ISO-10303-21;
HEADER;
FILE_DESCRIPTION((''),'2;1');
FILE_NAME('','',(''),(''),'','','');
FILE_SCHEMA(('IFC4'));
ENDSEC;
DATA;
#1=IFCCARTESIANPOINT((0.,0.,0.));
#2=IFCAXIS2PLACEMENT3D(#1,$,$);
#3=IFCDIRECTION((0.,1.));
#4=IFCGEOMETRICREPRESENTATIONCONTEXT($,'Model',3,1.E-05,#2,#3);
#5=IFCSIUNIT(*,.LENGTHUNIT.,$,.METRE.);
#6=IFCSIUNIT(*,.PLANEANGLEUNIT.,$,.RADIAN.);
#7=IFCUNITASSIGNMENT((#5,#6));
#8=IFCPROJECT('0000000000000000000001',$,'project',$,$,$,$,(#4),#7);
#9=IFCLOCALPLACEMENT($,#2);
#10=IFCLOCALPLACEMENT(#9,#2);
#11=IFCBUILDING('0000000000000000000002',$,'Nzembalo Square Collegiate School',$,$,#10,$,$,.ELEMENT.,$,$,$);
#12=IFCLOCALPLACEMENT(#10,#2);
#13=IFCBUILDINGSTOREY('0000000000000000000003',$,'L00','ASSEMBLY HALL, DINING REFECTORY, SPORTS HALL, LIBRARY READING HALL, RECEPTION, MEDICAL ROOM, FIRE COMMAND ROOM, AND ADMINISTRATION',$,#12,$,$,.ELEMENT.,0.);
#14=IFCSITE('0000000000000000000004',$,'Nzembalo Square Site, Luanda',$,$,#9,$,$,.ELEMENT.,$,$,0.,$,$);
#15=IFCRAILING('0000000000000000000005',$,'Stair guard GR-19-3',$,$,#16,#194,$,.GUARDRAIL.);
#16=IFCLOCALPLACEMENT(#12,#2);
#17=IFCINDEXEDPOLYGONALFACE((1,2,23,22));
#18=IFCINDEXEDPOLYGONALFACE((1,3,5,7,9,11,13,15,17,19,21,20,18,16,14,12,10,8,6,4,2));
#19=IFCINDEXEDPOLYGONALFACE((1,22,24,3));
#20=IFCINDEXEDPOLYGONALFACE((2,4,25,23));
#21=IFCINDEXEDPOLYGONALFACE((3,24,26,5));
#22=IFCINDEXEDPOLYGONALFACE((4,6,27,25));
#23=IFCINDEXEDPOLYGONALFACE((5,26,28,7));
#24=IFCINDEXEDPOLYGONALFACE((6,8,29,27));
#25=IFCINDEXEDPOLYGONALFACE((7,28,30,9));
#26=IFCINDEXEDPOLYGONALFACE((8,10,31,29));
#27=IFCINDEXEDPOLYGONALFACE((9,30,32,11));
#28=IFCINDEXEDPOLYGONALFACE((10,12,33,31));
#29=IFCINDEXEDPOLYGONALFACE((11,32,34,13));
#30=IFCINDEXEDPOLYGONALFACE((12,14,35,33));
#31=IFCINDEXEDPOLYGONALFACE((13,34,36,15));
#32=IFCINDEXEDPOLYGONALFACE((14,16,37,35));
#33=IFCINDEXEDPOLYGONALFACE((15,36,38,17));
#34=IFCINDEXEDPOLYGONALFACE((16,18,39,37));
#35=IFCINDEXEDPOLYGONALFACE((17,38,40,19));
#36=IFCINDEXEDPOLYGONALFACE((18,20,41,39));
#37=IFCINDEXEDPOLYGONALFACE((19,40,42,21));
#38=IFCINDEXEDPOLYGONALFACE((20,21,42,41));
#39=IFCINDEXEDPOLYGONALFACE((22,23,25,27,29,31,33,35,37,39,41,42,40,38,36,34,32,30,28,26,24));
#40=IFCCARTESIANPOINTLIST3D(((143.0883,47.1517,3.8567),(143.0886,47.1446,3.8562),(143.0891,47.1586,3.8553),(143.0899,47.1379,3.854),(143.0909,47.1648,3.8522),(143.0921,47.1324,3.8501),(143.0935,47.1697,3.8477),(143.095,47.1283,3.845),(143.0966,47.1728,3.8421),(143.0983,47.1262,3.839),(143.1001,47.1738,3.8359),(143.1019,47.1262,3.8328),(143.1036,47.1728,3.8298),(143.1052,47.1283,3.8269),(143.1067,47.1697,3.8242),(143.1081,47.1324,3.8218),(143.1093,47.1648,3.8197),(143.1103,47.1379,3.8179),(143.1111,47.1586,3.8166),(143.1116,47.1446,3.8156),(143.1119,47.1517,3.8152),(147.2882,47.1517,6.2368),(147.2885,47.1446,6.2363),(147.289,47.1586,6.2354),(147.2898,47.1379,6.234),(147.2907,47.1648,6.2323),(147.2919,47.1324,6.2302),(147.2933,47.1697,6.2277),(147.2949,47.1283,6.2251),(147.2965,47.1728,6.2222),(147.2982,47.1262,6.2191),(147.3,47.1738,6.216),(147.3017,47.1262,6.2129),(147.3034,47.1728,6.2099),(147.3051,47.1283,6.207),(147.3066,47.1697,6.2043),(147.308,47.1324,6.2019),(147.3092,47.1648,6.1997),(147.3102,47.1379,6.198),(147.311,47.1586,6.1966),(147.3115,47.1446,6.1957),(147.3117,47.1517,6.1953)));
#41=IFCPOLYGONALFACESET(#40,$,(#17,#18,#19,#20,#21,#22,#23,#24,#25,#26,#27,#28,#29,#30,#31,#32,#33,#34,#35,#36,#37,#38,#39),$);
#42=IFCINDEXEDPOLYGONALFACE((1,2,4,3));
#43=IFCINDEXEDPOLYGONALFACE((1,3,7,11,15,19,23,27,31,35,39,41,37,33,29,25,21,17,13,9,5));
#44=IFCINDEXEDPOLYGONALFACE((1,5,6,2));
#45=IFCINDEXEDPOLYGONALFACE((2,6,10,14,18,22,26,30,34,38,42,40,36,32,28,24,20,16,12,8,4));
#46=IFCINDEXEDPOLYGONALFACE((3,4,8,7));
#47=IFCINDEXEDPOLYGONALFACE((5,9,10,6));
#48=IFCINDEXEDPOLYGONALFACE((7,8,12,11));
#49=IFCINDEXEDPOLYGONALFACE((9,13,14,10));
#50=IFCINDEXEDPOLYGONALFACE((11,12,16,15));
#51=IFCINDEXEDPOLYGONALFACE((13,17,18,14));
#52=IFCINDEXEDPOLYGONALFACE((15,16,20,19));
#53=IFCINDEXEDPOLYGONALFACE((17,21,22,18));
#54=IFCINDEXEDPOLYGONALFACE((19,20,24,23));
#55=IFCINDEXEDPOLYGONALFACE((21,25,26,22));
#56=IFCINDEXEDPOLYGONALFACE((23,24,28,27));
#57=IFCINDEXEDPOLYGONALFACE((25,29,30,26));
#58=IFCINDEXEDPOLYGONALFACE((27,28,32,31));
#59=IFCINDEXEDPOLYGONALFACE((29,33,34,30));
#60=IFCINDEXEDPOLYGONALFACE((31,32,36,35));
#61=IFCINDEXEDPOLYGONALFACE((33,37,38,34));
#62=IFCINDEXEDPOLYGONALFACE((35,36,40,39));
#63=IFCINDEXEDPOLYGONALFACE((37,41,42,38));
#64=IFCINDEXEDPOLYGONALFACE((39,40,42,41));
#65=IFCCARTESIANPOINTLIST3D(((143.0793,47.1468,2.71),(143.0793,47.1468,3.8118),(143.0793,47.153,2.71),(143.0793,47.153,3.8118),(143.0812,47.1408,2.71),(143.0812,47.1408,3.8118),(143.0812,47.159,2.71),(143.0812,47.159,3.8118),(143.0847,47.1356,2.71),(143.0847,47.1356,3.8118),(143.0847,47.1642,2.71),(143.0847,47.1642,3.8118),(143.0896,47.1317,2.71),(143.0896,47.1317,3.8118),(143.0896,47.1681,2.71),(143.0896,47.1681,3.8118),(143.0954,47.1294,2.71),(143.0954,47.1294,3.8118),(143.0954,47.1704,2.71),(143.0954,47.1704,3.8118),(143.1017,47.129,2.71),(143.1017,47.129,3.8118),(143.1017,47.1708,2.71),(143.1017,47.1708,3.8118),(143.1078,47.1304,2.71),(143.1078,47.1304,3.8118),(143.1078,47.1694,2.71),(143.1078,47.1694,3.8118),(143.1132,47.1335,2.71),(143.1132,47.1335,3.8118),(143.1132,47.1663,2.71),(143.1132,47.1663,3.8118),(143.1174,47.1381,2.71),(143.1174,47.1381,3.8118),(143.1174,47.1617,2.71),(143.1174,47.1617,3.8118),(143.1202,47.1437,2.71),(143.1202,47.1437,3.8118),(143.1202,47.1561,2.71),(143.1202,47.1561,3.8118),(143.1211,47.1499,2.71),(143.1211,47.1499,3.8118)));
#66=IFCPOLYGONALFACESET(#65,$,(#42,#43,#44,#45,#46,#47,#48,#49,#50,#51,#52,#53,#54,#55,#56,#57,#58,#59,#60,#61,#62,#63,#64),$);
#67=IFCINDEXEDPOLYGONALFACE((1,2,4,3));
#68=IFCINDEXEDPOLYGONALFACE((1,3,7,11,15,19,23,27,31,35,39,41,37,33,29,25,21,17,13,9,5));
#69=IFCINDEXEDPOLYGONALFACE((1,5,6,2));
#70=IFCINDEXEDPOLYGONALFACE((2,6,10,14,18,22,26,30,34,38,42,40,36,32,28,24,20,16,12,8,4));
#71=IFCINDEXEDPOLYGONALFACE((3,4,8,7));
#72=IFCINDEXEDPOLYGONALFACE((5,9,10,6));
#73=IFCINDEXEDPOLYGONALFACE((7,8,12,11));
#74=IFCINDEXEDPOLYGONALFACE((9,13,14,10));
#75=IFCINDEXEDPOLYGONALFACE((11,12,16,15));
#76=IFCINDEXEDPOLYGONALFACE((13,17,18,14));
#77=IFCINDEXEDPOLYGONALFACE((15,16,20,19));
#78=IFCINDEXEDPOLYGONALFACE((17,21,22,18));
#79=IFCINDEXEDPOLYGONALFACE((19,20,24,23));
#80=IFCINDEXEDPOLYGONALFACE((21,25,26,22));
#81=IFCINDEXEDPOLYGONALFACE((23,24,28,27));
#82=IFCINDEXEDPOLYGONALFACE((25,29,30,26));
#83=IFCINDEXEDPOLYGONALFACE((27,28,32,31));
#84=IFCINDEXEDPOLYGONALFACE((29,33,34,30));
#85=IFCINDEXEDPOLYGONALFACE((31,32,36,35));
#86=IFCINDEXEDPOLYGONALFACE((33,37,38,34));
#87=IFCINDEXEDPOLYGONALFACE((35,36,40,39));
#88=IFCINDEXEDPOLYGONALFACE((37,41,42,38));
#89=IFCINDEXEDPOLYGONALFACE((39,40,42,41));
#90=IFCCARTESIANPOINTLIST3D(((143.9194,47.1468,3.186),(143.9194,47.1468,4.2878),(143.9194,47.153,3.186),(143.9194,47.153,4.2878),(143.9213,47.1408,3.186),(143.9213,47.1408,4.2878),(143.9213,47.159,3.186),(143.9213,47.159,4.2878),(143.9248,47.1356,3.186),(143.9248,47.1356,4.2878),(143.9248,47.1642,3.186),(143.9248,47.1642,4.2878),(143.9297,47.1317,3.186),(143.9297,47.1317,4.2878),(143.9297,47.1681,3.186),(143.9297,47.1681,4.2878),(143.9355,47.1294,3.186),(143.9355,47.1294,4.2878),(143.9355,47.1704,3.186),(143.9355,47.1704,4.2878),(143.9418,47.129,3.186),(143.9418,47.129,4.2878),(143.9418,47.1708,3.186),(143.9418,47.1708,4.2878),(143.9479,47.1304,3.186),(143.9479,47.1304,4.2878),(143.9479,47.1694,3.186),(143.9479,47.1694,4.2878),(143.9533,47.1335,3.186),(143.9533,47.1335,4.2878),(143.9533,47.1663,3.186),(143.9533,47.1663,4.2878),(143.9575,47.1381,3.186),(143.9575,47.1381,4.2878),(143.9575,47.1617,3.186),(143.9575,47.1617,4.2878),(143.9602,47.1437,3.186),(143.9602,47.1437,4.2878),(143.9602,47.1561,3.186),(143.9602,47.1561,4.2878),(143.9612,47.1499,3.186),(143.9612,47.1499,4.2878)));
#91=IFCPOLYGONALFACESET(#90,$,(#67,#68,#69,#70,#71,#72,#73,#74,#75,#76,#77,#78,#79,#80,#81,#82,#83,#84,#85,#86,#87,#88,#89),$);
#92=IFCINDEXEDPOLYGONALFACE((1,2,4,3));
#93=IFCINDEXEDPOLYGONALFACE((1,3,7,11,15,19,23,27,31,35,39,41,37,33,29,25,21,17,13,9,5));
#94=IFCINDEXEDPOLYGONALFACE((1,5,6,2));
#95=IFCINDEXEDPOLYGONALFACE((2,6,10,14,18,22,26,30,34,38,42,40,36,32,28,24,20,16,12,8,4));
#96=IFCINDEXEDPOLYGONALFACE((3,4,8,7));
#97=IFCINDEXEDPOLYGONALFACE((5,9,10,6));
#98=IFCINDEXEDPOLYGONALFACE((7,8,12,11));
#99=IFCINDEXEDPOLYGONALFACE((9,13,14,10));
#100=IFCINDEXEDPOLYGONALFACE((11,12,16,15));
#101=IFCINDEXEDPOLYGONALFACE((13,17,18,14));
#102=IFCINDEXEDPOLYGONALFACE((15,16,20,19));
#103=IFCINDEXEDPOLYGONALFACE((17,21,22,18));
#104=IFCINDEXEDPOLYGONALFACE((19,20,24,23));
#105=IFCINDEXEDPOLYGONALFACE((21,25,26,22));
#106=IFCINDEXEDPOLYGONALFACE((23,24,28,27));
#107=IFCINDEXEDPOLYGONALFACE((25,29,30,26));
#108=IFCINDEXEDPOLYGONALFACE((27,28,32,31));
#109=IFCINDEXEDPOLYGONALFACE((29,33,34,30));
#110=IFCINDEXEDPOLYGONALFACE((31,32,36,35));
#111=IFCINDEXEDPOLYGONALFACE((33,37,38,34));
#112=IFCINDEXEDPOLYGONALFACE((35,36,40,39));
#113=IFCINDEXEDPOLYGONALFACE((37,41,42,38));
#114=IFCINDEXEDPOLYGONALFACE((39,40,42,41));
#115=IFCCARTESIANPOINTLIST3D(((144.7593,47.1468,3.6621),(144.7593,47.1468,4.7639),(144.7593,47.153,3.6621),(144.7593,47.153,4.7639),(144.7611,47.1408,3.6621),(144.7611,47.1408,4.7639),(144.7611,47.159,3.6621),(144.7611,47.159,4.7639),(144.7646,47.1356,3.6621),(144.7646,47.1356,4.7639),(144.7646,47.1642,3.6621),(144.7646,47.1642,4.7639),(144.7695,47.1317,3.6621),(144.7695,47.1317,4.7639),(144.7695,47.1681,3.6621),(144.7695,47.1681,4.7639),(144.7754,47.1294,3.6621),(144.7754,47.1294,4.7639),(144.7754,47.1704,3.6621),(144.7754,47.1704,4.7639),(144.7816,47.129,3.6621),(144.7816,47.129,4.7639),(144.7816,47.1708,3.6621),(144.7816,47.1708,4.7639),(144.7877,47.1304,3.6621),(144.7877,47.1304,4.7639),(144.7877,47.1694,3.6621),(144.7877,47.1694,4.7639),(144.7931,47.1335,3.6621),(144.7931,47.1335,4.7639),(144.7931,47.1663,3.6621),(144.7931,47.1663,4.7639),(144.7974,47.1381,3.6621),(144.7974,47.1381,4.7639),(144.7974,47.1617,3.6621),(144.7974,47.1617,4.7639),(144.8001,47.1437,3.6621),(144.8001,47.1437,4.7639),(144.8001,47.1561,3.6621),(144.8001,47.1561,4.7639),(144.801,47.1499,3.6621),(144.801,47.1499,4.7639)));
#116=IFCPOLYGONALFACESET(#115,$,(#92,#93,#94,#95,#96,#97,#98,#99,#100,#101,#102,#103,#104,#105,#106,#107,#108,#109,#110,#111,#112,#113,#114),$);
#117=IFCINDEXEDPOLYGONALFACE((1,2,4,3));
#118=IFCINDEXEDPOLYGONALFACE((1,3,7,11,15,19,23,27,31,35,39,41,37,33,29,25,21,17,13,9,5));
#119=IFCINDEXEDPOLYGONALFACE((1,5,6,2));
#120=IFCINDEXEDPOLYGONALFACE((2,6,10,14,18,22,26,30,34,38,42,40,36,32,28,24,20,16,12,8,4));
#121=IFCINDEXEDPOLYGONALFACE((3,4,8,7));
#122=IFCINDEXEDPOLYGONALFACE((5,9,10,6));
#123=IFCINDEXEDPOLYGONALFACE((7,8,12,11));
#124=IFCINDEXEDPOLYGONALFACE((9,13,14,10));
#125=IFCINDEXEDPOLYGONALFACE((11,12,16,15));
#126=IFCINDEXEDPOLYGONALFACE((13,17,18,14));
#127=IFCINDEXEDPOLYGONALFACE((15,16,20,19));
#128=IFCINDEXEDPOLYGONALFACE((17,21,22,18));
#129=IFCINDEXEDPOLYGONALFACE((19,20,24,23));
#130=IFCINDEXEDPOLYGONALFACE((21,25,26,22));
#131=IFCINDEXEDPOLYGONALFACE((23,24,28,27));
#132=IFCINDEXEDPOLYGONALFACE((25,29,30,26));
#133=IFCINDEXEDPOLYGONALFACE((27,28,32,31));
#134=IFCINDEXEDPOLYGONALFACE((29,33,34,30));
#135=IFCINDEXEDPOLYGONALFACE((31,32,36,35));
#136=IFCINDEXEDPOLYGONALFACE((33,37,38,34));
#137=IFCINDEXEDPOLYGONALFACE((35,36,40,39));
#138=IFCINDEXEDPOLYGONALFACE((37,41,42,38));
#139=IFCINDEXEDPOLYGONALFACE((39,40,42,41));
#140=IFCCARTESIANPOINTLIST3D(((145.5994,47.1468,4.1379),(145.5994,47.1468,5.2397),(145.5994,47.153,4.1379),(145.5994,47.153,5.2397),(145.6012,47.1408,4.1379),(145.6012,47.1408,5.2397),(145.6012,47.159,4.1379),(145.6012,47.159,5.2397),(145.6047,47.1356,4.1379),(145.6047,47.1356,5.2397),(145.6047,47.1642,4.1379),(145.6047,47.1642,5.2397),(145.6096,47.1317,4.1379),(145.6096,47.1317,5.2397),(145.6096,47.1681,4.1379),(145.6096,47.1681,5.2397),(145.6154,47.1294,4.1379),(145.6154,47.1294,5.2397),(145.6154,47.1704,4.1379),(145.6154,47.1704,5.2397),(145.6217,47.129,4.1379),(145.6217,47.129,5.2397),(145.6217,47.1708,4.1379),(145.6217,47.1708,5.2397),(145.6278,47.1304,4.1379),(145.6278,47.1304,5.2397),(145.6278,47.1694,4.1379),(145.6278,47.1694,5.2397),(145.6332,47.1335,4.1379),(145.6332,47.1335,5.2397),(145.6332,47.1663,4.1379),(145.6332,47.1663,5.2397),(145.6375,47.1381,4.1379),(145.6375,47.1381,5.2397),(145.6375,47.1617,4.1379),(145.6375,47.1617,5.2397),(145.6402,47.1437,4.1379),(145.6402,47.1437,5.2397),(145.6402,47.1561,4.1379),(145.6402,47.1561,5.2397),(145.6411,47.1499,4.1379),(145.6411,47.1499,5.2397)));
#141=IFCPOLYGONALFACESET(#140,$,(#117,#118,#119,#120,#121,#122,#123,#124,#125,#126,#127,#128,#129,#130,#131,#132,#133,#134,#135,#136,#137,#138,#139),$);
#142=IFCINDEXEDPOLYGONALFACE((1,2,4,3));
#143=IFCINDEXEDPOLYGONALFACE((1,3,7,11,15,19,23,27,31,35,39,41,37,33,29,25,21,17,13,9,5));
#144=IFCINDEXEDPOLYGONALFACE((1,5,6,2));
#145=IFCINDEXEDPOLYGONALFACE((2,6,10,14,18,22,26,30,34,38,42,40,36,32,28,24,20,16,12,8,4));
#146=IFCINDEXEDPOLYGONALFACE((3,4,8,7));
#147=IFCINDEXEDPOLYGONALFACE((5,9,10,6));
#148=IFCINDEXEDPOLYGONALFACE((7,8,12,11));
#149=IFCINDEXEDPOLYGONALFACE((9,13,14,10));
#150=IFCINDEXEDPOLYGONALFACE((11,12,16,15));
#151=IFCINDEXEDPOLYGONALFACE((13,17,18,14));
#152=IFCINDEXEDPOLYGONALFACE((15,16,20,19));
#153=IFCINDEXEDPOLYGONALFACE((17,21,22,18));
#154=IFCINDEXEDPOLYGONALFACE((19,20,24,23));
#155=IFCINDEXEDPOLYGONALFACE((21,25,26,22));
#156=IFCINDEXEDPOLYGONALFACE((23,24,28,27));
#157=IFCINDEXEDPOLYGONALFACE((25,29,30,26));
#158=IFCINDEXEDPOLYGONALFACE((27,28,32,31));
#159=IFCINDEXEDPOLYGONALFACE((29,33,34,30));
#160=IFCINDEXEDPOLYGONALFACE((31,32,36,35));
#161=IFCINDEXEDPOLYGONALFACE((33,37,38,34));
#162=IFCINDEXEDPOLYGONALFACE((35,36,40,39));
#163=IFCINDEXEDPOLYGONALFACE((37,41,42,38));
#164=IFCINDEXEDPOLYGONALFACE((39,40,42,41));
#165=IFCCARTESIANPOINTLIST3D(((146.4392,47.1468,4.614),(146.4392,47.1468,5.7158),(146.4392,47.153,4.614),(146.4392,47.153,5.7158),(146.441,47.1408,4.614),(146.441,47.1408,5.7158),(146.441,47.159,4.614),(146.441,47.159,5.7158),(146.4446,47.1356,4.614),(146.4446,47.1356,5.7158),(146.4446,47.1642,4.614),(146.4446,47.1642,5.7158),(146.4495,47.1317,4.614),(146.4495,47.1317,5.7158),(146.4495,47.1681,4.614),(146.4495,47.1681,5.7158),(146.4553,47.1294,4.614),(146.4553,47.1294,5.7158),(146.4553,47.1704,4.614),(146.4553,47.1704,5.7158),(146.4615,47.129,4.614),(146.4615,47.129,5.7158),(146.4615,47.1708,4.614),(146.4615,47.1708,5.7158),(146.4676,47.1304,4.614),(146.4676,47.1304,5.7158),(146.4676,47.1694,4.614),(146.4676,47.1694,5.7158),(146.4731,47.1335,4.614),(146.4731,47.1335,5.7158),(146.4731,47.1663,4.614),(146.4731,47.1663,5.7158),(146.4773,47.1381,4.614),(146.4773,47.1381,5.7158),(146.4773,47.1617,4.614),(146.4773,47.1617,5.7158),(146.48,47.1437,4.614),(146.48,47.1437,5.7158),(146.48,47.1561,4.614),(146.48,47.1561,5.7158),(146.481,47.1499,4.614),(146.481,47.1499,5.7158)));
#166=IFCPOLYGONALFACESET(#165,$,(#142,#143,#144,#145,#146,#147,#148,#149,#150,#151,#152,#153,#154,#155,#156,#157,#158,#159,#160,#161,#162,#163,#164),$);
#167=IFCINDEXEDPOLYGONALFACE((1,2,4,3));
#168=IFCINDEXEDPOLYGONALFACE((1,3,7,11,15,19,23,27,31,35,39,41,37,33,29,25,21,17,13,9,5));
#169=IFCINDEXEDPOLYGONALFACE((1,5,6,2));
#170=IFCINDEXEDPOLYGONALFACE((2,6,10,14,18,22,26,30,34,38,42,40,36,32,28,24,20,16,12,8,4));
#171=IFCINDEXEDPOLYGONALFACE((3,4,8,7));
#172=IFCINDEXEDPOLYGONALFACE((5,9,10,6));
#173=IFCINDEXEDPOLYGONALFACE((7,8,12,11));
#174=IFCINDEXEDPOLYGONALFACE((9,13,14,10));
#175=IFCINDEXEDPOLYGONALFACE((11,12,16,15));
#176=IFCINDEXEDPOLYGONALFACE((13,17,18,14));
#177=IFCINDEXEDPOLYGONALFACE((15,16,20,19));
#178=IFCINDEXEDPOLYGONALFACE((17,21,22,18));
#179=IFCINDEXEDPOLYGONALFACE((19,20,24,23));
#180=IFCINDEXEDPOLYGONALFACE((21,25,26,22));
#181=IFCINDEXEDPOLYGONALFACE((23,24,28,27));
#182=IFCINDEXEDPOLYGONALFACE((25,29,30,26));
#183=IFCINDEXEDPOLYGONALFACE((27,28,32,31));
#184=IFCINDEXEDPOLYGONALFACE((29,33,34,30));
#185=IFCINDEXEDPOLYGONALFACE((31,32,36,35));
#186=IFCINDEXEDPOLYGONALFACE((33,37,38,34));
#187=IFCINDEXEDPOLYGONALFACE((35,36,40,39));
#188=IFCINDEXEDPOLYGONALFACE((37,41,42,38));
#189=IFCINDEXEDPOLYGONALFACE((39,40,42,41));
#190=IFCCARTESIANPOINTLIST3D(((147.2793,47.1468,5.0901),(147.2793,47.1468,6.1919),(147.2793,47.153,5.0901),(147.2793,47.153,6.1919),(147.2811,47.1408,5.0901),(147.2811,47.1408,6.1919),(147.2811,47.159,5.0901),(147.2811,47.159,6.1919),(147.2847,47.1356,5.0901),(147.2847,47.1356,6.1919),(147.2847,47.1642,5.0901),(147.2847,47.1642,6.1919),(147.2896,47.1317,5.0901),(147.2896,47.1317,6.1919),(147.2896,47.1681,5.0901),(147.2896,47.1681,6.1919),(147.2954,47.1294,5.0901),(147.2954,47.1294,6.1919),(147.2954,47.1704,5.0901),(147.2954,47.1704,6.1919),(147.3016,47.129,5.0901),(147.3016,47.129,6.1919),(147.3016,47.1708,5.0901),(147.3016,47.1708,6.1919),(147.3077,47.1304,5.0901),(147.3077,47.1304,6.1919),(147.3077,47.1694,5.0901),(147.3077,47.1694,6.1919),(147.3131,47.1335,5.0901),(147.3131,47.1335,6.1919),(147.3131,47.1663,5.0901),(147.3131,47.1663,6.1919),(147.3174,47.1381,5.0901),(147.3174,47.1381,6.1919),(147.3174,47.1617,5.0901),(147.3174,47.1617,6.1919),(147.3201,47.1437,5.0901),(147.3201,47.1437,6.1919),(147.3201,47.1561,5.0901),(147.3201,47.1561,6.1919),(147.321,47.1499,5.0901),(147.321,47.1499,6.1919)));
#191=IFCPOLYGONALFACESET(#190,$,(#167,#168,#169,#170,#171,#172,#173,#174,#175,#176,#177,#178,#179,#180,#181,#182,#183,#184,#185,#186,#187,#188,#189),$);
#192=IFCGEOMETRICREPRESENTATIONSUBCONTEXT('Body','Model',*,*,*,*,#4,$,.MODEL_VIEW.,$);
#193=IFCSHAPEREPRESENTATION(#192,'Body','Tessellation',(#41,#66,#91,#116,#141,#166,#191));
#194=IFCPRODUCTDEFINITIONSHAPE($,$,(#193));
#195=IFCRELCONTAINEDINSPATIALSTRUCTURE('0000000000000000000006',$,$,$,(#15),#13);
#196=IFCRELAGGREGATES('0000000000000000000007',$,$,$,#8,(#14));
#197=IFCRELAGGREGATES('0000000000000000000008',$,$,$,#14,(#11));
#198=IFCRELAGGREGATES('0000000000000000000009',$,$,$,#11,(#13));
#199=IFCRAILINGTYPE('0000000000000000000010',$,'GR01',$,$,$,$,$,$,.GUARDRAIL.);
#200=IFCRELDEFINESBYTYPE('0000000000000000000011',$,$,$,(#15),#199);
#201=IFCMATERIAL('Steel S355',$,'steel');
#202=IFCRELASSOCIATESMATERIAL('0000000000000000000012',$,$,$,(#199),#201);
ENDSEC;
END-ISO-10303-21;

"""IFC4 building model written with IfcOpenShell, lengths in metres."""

from ifc_helpers import new_model, si_unit, direction, frame, origin, origin_2d, place, context, subcontext, project, spatial, circle, extrude, material, type_object, element, save


model = new_model("IFC4")

# Units and contexts
model_context = context("Model", 3, precision=1e-05, world=origin(), true_north=direction((0.0, 1.0)))
body_context = subcontext(model_context, "Body", "Model", "MODEL_VIEW")
ifc_project = project(units=[si_unit("LENGTHUNIT", "METRE"), si_unit("PLANEANGLEUNIT", "RADIAN")], contexts=[model_context])

# Site, building, storey
site_placement = place(None, origin())
site = spatial("IfcSite", under=ifc_project, at=site_placement, Name="Nzembalo Square Site, Luanda", CompositionType="ELEMENT", RefElevation=0.0)
building_placement = place(site_placement, origin())
building = spatial("IfcBuilding", under=site, at=building_placement, Name="Nzembalo Square Collegiate School", CompositionType="ELEMENT")
storey_placement = place(building_placement, origin())
storey = spatial("IfcBuildingStorey", under=building, at=storey_placement, Name="L00", Description="ASSEMBLY HALL, DINING REFECTORY, SPORTS HALL, LIBRARY READING HALL, RECEPTION, MEDICAL ROOM, FIRE COMMAND ROOM, AND ADMINISTRATION", CompositionType="ELEMENT", Elevation=0.0)

# Railing
ifc_material_1 = material(Name="Steel S355", Category="steel")
railing_type_1 = type_object("IfcRailingType", Name="GR01", PredefinedType="GUARDRAIL", material=ifc_material_1)
railing_1_placement = place(storey_placement, frame((143.1001, 47.1499, 2.71)))
element("IfcRailing", 1, at=railing_1_placement, inside=storey, type_object=railing_type_1, Name="Stair guard GR-19-3", PredefinedType="GUARDRAIL", context=body_context, shape_type="SweptSolid", body=[
    extrude(circle(Radius=0.0239, at=origin_2d()), frame((0.0, 0.0, 1.126), z_axis=(0.870008, 0.0, 0.493037), x_axis=(0.0, 1.0, 0.0)), (0.0, 0.0, 1.0), 4.8274),
    extrude(circle(Radius=0.021, at=origin_2d()), origin(), (0.0, 0.0, 1.0), 1.1018),
    extrude(circle(Radius=0.021, at=origin_2d()), frame((0.8401, 0.0, 0.4761)), (0.0, 0.0, 1.0), 1.1018),
    extrude(circle(Radius=0.021, at=origin_2d()), frame((1.6799, 0.0, 0.9521)), (0.0, 0.0, 1.0), 1.1018),
    extrude(circle(Radius=0.021, at=origin_2d()), frame((2.52, 0.0, 1.428)), (0.0, 0.0, 1.0), 1.1018),
    extrude(circle(Radius=0.021, at=origin_2d()), frame((3.3599, 0.0, 1.9041)), (0.0, 0.0, 1.0), 1.1018),
    extrude(circle(Radius=0.021, at=origin_2d()), frame((4.2, 0.0, 2.3801)), (0.0, 0.0, 1.0), 1.1018),
])

save(model, "model.ifc")
